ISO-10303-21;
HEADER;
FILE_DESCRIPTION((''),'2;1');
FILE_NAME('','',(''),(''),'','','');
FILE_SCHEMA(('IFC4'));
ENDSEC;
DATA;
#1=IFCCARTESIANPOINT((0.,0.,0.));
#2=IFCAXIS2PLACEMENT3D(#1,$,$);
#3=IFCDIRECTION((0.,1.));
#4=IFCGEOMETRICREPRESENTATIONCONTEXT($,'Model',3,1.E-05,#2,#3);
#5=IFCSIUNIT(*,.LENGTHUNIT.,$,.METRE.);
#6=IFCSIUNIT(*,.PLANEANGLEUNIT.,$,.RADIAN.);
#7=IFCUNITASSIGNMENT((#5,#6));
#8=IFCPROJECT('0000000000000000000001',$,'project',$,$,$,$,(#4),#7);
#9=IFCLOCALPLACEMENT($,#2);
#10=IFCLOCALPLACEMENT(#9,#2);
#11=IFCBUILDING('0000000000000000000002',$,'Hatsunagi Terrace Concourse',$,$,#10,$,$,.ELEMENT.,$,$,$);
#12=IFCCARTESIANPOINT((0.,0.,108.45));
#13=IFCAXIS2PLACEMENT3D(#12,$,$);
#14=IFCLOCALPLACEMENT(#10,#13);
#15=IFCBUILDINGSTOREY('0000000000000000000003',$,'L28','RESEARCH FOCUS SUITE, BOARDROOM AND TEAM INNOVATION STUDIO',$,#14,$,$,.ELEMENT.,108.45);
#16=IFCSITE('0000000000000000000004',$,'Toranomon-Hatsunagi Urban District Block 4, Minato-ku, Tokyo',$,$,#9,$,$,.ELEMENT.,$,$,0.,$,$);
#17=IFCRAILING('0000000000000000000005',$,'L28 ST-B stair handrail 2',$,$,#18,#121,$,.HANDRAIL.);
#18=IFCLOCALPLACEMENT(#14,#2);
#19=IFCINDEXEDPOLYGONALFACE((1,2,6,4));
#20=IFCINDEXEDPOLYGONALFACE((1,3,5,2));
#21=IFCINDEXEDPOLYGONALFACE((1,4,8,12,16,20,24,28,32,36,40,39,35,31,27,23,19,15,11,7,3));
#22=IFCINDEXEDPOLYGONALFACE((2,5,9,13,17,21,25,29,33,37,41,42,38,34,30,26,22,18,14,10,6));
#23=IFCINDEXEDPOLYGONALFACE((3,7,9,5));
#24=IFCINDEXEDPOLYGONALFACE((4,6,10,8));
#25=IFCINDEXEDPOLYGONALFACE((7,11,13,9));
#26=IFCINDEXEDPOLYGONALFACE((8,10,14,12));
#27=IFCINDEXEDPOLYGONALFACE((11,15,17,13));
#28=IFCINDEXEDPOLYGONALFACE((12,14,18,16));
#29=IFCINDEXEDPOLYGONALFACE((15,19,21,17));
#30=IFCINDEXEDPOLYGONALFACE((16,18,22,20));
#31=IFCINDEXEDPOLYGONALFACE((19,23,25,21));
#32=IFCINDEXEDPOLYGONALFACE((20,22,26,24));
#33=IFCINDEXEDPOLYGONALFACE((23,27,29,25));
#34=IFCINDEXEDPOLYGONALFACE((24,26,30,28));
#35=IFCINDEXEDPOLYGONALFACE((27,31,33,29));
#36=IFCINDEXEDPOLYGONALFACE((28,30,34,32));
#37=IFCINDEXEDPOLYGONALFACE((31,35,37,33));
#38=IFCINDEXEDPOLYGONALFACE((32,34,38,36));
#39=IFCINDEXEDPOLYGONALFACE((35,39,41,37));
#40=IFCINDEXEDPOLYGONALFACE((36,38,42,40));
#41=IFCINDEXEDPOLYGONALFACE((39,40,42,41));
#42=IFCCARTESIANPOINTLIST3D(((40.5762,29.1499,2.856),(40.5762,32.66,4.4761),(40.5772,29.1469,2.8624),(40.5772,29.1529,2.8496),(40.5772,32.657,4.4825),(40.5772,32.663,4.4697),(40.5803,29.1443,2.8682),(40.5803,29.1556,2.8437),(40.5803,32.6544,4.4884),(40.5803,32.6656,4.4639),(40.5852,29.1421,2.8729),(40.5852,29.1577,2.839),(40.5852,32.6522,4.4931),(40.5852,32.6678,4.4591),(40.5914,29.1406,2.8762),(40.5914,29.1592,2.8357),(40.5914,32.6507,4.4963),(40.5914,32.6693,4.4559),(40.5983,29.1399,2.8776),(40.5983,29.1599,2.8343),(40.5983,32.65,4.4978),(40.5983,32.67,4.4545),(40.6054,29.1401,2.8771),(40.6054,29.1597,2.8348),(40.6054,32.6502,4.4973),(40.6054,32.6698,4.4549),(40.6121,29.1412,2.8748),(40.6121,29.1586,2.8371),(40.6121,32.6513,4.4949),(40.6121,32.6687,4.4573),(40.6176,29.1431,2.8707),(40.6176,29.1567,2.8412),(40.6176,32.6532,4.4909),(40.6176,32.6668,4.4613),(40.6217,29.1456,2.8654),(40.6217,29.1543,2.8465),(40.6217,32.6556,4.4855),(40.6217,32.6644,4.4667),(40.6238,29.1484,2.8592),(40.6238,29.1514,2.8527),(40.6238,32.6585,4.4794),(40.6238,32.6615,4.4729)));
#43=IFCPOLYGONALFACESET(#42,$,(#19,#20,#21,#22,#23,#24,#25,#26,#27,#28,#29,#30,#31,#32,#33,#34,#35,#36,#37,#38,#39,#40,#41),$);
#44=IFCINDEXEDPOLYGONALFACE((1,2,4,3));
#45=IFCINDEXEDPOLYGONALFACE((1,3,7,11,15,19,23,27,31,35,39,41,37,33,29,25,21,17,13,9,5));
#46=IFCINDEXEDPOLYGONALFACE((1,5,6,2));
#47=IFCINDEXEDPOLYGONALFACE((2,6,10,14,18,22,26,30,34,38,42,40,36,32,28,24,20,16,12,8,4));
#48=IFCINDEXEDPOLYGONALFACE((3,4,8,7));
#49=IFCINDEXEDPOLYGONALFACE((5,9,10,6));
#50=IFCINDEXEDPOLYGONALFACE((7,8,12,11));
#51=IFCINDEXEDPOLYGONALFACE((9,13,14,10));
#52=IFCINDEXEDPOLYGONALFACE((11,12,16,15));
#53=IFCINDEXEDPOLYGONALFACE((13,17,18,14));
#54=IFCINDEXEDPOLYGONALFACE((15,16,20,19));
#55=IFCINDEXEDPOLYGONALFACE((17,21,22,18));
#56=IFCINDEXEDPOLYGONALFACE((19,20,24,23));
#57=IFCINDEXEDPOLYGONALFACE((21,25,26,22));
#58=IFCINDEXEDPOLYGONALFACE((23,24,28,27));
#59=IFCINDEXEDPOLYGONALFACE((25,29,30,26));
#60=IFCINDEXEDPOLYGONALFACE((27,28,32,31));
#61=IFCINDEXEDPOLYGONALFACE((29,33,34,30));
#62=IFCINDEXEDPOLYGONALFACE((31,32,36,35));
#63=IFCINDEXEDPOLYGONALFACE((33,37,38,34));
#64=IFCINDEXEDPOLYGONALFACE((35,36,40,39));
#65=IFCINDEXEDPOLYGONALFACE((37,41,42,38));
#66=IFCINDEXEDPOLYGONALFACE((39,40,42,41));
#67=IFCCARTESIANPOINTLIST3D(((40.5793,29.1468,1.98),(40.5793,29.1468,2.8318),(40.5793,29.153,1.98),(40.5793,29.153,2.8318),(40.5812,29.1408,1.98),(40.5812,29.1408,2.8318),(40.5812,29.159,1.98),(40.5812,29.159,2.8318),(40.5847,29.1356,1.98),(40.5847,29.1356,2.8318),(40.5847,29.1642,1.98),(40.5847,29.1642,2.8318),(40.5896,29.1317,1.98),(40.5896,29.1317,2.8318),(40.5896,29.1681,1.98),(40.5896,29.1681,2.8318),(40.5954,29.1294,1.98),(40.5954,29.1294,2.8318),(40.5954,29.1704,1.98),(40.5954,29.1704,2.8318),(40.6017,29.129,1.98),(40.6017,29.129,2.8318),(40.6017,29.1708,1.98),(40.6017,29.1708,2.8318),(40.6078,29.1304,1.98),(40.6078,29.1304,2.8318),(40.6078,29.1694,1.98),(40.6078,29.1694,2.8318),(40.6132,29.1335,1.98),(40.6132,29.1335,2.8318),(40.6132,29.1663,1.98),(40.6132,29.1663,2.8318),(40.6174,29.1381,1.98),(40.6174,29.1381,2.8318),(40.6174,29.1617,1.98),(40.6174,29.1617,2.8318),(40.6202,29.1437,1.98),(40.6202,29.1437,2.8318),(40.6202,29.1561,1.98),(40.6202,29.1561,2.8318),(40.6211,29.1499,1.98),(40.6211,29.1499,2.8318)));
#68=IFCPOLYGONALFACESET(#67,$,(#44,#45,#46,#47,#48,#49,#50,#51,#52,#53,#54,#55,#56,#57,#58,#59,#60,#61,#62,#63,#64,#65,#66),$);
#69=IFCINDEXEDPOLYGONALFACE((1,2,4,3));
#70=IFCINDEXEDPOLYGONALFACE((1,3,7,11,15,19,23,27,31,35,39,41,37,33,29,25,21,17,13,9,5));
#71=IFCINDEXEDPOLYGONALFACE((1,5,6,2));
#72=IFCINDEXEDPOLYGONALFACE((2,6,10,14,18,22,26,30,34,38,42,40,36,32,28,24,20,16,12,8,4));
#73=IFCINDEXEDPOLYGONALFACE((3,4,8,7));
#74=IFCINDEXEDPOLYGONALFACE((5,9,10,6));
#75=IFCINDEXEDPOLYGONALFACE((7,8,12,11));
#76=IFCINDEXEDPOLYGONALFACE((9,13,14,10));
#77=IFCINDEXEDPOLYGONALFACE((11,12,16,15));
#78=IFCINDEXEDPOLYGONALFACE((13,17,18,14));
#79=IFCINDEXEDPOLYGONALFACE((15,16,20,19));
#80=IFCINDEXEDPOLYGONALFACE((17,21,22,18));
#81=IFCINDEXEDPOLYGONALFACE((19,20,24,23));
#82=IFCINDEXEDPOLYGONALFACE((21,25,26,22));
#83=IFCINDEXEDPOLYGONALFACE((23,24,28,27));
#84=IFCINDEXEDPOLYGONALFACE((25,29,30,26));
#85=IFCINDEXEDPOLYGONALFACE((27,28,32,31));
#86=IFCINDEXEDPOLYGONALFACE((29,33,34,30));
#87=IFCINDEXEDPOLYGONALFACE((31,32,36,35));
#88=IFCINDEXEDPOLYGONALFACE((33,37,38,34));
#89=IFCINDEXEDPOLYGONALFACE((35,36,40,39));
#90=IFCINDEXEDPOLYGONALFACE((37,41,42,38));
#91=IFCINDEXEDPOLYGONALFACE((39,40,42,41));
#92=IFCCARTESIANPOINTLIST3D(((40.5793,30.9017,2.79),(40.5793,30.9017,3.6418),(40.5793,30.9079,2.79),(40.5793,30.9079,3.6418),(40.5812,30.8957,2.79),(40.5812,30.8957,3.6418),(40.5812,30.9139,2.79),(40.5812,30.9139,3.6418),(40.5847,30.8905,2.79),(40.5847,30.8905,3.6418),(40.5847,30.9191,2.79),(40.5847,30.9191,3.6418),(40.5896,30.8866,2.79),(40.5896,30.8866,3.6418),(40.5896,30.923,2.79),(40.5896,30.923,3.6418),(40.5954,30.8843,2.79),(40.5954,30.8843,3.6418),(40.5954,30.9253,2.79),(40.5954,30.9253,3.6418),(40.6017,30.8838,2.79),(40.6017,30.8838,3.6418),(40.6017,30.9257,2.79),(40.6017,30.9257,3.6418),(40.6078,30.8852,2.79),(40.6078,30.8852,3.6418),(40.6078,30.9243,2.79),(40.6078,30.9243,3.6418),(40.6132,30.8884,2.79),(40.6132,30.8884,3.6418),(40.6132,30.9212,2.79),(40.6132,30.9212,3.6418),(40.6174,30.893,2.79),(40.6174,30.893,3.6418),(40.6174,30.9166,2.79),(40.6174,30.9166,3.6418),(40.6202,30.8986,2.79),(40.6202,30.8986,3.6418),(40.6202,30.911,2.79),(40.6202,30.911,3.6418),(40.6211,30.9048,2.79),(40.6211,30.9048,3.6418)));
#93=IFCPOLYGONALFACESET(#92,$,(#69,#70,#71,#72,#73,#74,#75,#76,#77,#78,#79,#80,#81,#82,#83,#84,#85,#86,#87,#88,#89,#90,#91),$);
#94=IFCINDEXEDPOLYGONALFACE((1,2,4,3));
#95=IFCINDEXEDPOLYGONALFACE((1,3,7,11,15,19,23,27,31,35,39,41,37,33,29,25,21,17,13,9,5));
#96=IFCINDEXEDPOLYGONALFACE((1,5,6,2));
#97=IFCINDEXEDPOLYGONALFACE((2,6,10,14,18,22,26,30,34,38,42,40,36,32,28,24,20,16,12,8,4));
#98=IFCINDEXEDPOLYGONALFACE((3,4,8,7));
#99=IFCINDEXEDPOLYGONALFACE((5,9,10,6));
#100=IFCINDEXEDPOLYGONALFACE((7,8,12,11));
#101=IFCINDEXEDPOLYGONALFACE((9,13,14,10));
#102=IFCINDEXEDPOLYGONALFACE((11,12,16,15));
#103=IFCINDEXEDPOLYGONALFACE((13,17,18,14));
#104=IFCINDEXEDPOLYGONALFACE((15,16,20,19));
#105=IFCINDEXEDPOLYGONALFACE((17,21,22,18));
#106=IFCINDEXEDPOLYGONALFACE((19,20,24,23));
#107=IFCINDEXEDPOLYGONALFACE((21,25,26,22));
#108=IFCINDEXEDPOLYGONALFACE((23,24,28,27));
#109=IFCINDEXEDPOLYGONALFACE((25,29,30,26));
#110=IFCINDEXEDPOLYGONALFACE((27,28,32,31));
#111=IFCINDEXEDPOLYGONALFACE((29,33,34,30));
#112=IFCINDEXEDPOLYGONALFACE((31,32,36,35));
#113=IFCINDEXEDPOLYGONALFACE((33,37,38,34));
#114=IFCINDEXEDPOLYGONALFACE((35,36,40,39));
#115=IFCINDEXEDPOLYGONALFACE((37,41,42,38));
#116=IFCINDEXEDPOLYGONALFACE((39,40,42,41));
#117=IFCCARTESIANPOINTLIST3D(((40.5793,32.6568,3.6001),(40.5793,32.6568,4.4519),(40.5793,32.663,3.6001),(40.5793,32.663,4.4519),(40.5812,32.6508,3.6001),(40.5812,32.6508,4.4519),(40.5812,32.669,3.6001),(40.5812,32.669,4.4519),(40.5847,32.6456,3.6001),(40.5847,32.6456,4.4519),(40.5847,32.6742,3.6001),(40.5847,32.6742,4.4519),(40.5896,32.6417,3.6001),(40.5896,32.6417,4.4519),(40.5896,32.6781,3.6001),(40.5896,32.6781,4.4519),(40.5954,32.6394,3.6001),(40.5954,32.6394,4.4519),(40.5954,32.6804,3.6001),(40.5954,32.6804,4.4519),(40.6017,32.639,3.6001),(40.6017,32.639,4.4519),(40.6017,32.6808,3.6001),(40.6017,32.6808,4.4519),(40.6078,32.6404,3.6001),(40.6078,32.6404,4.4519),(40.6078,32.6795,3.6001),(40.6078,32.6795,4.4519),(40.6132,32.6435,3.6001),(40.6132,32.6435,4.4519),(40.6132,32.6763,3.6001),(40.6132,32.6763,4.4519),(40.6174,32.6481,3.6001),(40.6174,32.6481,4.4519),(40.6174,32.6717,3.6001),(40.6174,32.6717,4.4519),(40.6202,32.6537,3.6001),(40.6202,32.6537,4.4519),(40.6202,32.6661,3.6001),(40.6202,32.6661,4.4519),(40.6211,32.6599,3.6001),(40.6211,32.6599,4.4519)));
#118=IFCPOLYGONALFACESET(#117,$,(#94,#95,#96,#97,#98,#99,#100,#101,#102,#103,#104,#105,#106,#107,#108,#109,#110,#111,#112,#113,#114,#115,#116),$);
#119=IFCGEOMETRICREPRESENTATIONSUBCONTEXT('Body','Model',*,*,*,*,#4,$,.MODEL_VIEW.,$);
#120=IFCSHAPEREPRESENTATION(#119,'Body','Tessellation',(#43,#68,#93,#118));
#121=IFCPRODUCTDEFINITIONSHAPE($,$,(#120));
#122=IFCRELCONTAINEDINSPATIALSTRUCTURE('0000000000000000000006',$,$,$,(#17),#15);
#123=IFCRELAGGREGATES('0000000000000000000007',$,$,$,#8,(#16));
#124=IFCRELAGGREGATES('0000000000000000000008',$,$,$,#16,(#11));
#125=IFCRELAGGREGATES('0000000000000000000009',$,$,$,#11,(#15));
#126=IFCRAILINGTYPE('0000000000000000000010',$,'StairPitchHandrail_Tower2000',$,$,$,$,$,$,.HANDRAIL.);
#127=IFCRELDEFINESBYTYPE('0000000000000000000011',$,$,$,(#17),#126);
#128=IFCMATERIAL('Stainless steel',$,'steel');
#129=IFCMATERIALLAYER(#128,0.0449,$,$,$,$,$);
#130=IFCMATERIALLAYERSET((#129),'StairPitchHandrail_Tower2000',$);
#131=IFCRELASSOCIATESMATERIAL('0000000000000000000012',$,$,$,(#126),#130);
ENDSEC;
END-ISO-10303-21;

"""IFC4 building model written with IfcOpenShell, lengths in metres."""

from ifc_helpers import new_model, si_unit, direction, frame, origin, origin_2d, place, context, subcontext, project, spatial, circle, extrude, material, layer, layer_set, type_object, element, save


model = new_model("IFC4")

# Units and contexts
model_context = context("Model", 3, precision=1e-05, world=origin(), true_north=direction((0.0, 1.0)))
body_context = subcontext(model_context, "Body", "Model", "MODEL_VIEW")
ifc_project = project(units=[si_unit("LENGTHUNIT", "METRE"), si_unit("PLANEANGLEUNIT", "RADIAN")], contexts=[model_context])

# Site, building, storey
site_placement = place(None, origin())
site = spatial("IfcSite", under=ifc_project, at=site_placement, Name="Toranomon-Hatsunagi Urban District Block 4, Minato-ku, Tokyo", CompositionType="ELEMENT", RefElevation=0.0)
building_placement = place(site_placement, origin())
building = spatial("IfcBuilding", under=site, at=building_placement, Name="Hatsunagi Terrace Concourse", CompositionType="ELEMENT")
storey_placement = place(building_placement, frame((0.0, 0.0, 108.45)))
storey = spatial("IfcBuildingStorey", under=building, at=storey_placement, Name="L28", Description="RESEARCH FOCUS SUITE, BOARDROOM AND TEAM INNOVATION STUDIO", CompositionType="ELEMENT", Elevation=108.45)

# Railing
ifc_material_1 = material(Name="Stainless steel", Category="steel")
ifc_layer_1 = layer(ifc_material_1, 0.0449)
ifc_layer_set_1 = layer_set([ifc_layer_1], Name="StairPitchHandrail_Tower2000")
railing_type = type_object("IfcRailingType", Name="StairPitchHandrail_Tower2000", PredefinedType="HANDRAIL", material=ifc_layer_set_1)
railing_placement = place(storey_placement, frame((40.6001, 29.1499, 1.98)))
element("IfcRailing", 1, at=railing_placement, inside=storey, type_object=railing_type, Name="L28 ST-B stair handrail 2", PredefinedType="HANDRAIL", context=body_context, shape_type="SweptSolid", body=[
    extrude(circle(Radius=0.0239, at=origin_2d()), frame((0.0, 0.0, 0.876), z_axis=(0.0, 0.907948, 0.419082), x_axis=(-1.0, 0.0, 0.0)), (0.0, 0.0, 1.0), 3.866),
    extrude(circle(Radius=0.021, at=origin_2d()), origin(), (0.0, 0.0, 1.0), 0.8518),
    extrude(circle(Radius=0.021, at=origin_2d()), frame((0.0, 1.7549, 0.8101)), (0.0, 0.0, 1.0), 0.8518),
    extrude(circle(Radius=0.021, at=origin_2d()), frame((0.0, 3.51, 1.6201)), (0.0, 0.0, 1.0), 0.8518),
])

save(model, "model.ifc")
